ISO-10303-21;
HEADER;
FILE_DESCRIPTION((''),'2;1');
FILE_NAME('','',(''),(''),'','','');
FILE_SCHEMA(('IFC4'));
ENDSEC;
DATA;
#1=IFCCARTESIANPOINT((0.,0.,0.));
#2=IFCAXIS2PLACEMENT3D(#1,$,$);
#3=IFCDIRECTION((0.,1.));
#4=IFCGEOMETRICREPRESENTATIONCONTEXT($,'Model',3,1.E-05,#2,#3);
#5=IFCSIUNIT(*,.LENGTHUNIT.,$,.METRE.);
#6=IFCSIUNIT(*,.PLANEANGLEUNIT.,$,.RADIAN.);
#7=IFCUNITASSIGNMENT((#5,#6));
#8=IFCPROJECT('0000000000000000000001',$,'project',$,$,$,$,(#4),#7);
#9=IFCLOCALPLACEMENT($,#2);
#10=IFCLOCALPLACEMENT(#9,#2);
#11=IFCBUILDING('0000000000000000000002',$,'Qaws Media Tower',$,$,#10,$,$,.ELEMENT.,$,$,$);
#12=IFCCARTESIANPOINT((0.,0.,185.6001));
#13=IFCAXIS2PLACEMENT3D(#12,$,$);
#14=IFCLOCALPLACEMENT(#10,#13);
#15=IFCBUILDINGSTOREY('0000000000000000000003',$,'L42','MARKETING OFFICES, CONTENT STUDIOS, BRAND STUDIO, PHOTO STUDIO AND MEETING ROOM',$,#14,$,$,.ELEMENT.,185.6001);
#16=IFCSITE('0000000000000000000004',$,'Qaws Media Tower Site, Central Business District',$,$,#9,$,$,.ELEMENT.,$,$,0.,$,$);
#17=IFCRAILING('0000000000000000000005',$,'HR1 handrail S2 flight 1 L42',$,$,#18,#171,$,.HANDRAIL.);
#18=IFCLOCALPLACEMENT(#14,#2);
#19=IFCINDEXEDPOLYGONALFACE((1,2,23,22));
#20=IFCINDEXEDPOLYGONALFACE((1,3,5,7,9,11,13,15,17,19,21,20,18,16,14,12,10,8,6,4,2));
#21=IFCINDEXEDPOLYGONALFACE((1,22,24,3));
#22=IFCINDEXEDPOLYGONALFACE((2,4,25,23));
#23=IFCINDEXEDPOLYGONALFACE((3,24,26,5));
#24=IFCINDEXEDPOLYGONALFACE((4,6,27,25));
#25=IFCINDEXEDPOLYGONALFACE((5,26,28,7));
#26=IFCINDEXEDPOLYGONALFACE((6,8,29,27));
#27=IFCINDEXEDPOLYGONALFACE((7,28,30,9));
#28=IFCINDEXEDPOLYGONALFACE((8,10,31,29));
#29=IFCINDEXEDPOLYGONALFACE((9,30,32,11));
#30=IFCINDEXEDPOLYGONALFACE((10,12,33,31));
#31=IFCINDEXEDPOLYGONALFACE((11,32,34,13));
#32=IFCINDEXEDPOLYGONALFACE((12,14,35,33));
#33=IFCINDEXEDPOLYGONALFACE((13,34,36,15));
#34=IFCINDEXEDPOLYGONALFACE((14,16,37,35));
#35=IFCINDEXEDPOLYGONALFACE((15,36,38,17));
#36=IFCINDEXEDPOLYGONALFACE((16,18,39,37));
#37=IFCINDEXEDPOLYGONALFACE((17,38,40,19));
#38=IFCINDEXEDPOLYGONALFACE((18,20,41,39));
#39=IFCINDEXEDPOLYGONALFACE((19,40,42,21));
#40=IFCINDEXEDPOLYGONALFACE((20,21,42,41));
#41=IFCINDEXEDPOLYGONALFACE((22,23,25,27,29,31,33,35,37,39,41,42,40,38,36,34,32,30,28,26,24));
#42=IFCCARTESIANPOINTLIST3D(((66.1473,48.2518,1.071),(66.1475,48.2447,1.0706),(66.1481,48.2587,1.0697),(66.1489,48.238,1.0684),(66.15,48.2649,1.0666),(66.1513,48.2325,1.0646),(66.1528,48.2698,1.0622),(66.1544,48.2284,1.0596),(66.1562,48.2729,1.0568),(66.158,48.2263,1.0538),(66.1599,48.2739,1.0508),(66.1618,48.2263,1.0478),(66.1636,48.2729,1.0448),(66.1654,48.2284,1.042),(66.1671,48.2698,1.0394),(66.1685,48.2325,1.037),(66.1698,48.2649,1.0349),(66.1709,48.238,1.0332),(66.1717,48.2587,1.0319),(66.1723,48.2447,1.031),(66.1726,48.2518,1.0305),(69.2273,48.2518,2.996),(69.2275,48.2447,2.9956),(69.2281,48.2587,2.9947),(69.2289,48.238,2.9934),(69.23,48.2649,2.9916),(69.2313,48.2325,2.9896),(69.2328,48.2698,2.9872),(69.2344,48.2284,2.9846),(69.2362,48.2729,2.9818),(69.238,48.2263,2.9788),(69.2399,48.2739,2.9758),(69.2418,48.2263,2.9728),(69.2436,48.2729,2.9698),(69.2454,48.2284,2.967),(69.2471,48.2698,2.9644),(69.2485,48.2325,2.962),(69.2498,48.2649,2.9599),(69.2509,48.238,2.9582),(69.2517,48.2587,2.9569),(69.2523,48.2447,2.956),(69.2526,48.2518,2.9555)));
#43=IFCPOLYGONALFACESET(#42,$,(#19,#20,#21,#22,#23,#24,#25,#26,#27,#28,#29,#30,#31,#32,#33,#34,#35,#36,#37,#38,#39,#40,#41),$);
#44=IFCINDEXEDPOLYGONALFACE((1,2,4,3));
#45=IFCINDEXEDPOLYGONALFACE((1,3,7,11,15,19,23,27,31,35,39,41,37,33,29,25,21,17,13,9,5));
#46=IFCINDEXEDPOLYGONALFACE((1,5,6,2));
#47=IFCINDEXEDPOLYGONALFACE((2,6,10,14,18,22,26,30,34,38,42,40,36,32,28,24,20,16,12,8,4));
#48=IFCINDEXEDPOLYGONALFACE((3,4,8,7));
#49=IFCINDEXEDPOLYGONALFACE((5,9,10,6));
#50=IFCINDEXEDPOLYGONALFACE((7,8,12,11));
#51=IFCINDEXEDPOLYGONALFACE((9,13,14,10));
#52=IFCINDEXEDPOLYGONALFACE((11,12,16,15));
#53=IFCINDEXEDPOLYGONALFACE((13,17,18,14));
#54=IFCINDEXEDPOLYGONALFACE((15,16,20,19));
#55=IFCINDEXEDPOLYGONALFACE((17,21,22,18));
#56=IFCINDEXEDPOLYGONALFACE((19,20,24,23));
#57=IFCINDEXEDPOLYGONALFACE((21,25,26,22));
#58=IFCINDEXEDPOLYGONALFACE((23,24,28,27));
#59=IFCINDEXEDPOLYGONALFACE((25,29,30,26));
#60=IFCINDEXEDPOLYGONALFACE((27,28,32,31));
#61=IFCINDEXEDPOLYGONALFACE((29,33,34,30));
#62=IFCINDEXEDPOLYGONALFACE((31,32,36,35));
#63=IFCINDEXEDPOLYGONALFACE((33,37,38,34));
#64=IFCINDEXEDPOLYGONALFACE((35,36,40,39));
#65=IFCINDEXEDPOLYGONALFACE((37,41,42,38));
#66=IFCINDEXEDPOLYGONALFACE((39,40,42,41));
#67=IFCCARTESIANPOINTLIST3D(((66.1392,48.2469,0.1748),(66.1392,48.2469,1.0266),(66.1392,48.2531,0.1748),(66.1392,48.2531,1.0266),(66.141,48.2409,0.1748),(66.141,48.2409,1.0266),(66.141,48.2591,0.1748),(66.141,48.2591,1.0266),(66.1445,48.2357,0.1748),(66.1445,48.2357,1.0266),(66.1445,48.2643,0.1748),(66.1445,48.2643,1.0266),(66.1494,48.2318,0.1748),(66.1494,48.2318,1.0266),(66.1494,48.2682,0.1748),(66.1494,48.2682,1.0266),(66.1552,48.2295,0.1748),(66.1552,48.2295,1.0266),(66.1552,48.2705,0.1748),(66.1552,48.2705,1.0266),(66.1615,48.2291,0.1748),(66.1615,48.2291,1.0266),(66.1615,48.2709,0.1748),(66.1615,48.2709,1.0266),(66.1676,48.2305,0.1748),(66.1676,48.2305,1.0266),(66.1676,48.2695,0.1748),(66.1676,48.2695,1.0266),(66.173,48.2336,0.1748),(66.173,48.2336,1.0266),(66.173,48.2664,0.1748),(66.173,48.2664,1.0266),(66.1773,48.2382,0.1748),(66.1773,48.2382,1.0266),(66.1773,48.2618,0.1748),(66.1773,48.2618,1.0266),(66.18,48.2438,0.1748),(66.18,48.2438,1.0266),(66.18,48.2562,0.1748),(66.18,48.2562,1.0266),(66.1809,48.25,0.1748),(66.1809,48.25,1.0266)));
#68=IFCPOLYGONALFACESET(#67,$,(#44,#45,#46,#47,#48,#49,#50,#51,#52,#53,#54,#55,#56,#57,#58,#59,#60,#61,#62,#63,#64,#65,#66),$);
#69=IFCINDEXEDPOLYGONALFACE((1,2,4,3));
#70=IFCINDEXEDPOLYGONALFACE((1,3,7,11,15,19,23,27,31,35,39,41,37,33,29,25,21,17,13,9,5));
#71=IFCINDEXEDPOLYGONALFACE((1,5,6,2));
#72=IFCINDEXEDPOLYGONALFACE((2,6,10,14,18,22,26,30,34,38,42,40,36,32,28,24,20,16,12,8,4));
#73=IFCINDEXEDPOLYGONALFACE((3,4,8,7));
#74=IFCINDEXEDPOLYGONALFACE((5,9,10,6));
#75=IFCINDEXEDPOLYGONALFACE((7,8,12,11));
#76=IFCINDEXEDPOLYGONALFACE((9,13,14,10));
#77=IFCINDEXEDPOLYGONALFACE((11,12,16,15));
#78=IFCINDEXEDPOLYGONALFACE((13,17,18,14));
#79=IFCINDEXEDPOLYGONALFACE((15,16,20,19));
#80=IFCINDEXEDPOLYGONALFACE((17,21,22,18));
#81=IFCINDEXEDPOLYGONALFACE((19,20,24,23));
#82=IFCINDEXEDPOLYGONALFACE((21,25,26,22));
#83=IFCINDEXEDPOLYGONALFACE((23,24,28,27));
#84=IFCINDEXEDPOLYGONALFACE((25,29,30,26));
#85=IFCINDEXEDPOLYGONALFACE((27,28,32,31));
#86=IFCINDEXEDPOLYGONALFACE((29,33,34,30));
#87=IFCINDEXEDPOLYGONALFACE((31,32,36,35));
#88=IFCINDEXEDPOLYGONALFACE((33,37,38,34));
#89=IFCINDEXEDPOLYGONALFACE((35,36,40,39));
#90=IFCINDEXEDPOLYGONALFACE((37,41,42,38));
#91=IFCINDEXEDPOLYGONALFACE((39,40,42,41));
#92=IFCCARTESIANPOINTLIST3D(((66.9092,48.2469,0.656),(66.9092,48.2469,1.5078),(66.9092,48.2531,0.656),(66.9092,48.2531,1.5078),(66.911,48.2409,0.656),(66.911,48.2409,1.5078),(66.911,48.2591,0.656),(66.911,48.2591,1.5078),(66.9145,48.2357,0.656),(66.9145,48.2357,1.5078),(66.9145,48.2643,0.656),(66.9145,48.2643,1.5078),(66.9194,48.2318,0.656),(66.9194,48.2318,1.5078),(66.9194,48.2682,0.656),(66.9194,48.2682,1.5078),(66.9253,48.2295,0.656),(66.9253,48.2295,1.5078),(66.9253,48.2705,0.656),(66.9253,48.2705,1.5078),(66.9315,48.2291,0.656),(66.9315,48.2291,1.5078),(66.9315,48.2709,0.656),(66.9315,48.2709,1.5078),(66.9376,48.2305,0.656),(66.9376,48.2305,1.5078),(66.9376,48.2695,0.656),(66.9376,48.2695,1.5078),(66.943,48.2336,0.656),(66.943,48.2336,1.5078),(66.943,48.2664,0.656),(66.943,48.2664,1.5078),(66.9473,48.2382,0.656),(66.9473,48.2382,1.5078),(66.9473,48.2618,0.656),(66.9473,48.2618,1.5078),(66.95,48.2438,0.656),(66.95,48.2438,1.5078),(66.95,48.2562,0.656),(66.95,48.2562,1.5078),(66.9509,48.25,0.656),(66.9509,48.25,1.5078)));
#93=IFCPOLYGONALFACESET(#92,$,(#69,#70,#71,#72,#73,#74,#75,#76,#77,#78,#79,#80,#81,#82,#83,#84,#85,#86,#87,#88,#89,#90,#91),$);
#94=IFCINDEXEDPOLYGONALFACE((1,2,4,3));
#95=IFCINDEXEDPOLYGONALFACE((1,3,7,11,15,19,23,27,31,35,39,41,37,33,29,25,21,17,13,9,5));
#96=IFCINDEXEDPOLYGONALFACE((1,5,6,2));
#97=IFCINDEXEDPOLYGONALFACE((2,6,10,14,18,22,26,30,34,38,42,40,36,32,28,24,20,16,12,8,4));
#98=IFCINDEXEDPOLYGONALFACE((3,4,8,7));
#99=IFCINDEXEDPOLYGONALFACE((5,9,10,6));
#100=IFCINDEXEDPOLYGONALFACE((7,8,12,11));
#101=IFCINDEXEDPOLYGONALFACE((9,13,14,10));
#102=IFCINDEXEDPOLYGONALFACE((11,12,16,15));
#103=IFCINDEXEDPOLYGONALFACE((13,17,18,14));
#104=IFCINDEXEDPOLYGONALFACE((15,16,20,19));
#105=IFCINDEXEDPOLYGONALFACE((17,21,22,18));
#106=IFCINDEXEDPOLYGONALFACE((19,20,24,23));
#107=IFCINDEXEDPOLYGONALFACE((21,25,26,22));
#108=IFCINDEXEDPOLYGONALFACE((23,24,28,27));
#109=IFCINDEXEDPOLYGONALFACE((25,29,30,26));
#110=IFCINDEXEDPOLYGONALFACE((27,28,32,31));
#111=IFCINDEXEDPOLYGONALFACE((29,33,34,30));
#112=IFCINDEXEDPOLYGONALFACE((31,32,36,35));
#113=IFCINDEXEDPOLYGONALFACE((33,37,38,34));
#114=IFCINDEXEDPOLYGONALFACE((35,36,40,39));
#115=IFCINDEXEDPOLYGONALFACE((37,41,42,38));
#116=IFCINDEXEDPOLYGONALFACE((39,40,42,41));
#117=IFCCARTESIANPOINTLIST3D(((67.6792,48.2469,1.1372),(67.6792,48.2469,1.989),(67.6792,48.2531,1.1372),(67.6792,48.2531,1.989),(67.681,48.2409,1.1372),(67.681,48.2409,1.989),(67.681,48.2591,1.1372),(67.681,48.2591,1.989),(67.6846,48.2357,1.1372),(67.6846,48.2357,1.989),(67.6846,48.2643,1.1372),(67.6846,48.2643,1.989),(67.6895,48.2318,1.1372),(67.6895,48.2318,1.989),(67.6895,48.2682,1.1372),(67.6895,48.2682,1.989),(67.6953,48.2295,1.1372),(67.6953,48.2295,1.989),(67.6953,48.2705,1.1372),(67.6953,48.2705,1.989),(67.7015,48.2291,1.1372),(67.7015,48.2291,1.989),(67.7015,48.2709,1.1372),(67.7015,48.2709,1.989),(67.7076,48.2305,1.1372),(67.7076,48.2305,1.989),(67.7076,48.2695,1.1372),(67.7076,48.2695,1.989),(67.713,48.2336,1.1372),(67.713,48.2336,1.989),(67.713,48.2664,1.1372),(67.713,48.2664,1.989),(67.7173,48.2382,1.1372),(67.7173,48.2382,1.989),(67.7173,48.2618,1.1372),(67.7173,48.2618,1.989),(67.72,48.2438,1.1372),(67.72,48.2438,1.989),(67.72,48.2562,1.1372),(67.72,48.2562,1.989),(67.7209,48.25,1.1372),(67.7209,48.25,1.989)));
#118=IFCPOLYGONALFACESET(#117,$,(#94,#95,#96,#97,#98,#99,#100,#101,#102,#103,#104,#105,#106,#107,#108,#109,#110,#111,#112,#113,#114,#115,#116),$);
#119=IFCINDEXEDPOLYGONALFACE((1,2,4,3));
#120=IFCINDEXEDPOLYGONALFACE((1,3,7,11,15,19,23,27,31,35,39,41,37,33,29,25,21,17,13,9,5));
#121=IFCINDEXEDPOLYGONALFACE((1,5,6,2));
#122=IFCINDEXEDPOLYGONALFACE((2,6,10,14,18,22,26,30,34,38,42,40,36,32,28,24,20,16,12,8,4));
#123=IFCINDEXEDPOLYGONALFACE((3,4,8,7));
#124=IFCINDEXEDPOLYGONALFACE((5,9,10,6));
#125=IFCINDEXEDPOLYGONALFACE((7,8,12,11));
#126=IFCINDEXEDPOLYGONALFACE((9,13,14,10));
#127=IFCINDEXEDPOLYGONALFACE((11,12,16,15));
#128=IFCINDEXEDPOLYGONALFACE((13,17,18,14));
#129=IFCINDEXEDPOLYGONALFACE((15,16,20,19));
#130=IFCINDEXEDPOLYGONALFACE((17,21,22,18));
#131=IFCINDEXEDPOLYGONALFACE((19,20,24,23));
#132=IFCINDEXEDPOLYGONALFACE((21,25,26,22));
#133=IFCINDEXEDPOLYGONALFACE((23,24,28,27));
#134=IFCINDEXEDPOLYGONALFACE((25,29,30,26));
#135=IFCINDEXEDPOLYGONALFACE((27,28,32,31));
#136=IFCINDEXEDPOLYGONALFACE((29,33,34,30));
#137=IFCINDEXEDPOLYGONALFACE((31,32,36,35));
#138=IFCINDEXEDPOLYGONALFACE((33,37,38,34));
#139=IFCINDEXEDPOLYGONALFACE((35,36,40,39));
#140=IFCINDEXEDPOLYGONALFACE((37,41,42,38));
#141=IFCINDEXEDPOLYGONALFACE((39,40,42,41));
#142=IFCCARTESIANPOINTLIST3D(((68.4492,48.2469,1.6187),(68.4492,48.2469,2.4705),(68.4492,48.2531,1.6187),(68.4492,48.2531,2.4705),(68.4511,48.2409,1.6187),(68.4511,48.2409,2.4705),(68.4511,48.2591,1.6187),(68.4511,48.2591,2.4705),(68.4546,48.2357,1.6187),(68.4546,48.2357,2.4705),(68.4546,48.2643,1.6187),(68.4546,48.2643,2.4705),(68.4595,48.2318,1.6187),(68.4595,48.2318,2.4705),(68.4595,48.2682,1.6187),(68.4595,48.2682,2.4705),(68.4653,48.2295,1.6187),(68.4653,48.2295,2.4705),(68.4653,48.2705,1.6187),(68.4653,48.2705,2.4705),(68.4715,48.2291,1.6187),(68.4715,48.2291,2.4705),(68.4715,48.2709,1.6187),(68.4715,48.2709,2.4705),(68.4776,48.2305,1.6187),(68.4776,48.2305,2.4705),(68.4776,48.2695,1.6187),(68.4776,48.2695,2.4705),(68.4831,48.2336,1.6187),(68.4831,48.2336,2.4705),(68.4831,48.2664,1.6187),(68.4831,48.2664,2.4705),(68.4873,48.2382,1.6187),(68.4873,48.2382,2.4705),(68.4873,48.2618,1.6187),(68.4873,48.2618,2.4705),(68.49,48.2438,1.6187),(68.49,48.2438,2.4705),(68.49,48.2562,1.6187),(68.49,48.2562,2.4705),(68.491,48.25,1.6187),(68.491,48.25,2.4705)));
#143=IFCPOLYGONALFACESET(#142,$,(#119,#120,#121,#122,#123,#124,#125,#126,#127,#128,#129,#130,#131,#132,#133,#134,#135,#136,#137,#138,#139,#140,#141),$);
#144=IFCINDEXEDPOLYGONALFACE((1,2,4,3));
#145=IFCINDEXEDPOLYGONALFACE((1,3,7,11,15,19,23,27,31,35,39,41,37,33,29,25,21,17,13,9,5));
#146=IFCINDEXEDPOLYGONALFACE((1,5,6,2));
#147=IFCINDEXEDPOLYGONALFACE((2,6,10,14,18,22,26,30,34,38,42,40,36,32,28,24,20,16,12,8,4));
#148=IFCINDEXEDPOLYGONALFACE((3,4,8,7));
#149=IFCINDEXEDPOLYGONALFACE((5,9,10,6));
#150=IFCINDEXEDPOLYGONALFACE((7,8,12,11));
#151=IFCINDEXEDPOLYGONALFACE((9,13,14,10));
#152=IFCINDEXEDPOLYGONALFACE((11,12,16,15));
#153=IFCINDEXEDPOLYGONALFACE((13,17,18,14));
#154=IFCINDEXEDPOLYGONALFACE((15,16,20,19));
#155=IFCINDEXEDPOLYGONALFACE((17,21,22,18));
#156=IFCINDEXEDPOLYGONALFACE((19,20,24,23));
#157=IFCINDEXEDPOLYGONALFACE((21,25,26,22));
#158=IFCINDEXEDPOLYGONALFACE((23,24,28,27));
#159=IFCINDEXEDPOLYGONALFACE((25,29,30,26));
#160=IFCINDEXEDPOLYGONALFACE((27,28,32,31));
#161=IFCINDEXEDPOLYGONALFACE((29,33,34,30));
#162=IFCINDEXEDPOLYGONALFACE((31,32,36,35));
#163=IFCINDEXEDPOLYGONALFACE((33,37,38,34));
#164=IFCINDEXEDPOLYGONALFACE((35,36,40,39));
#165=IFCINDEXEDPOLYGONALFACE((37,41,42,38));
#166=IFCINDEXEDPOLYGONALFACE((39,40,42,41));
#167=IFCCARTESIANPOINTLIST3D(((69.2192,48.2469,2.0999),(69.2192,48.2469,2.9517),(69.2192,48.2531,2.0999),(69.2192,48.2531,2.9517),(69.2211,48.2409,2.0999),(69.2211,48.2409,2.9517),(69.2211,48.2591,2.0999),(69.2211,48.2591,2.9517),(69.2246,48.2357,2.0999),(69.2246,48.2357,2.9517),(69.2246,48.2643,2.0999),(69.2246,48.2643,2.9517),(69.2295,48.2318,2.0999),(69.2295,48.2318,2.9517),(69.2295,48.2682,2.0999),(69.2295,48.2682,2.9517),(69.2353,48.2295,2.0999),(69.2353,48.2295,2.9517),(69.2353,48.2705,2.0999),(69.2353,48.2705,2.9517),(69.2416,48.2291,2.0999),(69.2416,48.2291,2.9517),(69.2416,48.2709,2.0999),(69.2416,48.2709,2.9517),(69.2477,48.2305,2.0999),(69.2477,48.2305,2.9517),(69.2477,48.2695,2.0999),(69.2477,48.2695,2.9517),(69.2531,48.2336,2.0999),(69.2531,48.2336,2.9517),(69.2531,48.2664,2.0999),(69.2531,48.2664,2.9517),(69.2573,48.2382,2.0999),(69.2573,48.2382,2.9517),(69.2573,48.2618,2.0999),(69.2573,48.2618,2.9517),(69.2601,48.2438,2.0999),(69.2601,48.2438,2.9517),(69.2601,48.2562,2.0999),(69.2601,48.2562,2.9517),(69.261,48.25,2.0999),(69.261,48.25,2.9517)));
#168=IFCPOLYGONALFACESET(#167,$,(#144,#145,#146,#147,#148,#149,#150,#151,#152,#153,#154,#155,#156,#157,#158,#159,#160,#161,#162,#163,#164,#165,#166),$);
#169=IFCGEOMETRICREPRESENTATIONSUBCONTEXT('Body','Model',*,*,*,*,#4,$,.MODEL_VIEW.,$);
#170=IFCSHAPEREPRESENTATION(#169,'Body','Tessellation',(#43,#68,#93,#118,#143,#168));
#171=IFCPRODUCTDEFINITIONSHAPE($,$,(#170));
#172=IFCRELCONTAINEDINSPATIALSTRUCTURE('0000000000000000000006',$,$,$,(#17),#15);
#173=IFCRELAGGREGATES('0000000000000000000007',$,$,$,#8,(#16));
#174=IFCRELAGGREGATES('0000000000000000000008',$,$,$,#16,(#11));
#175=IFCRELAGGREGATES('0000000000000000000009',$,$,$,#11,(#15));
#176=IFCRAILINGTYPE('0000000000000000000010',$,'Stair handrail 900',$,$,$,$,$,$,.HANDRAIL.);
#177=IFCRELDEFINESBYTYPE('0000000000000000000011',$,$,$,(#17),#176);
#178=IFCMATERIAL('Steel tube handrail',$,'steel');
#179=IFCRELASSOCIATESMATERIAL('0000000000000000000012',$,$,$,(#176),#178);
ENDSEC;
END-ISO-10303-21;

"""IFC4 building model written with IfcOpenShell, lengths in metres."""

from ifc_helpers import new_model, si_unit, direction, frame, origin, origin_2d, place, context, subcontext, project, spatial, circle, extrude, material, type_object, element, save


model = new_model("IFC4")

# Units and contexts
model_context = context("Model", 3, precision=1e-05, world=origin(), true_north=direction((0.0, 1.0)))
body_context = subcontext(model_context, "Body", "Model", "MODEL_VIEW")
ifc_project = project(units=[si_unit("LENGTHUNIT", "METRE"), si_unit("PLANEANGLEUNIT", "RADIAN")], contexts=[model_context])

# Site, building, storey
site_placement = place(None, origin())
site = spatial("IfcSite", under=ifc_project, at=site_placement, Name="Qaws Media Tower Site, Central Business District", CompositionType="ELEMENT", RefElevation=0.0)
building_placement = place(site_placement, origin())
building = spatial("IfcBuilding", under=site, at=building_placement, Name="Qaws Media Tower", CompositionType="ELEMENT")
storey_placement = place(building_placement, frame((0.0, 0.0, 185.6001)))
storey = spatial("IfcBuildingStorey", under=building, at=storey_placement, Name="L42", Description="MARKETING OFFICES, CONTENT STUDIOS, BRAND STUDIO, PHOTO STUDIO AND MEETING ROOM", CompositionType="ELEMENT", Elevation=185.6001)

# Railing
ifc_material_1 = material(Name="Steel tube handrail", Category="steel")
railing_type = type_object("IfcRailingType", Name="Stair handrail 900", PredefinedType="HANDRAIL", material=ifc_material_1)
railing_placement = place(storey_placement, frame((66.1599, 48.25, 0.1748)))
element("IfcRailing", 1, at=railing_placement, inside=storey, type_object=railing_type, Name="HR1 handrail S2 flight 1 L42", PredefinedType="HANDRAIL", context=body_context, shape_type="SweptSolid", body=[
    extrude(circle(Radius=0.0239, at=origin_2d()), frame((0.0, 0.0, 0.876), z_axis=(0.847998, 0.0, 0.529999), x_axis=(0.0, 1.0, 0.0)), (0.0, 0.0, 1.0), 3.6321),
    extrude(circle(Radius=0.021, at=origin_2d()), origin(), (0.0, 0.0, 1.0), 0.8518),
    extrude(circle(Radius=0.021, at=origin_2d()), frame((0.77, 0.0, 0.4812)), (0.0, 0.0, 1.0), 0.8518),
    extrude(circle(Radius=0.021, at=origin_2d()), frame((1.54, 0.0, 0.9624)), (0.0, 0.0, 1.0), 0.8518),
    extrude(circle(Radius=0.021, at=origin_2d()), frame((2.3101, 0.0, 1.4438)), (0.0, 0.0, 1.0), 0.8518),
    extrude(circle(Radius=0.021, at=origin_2d()), frame((3.0801, 0.0, 1.925)), (0.0, 0.0, 1.0), 0.8518),
])

save(model, "model.ifc")
